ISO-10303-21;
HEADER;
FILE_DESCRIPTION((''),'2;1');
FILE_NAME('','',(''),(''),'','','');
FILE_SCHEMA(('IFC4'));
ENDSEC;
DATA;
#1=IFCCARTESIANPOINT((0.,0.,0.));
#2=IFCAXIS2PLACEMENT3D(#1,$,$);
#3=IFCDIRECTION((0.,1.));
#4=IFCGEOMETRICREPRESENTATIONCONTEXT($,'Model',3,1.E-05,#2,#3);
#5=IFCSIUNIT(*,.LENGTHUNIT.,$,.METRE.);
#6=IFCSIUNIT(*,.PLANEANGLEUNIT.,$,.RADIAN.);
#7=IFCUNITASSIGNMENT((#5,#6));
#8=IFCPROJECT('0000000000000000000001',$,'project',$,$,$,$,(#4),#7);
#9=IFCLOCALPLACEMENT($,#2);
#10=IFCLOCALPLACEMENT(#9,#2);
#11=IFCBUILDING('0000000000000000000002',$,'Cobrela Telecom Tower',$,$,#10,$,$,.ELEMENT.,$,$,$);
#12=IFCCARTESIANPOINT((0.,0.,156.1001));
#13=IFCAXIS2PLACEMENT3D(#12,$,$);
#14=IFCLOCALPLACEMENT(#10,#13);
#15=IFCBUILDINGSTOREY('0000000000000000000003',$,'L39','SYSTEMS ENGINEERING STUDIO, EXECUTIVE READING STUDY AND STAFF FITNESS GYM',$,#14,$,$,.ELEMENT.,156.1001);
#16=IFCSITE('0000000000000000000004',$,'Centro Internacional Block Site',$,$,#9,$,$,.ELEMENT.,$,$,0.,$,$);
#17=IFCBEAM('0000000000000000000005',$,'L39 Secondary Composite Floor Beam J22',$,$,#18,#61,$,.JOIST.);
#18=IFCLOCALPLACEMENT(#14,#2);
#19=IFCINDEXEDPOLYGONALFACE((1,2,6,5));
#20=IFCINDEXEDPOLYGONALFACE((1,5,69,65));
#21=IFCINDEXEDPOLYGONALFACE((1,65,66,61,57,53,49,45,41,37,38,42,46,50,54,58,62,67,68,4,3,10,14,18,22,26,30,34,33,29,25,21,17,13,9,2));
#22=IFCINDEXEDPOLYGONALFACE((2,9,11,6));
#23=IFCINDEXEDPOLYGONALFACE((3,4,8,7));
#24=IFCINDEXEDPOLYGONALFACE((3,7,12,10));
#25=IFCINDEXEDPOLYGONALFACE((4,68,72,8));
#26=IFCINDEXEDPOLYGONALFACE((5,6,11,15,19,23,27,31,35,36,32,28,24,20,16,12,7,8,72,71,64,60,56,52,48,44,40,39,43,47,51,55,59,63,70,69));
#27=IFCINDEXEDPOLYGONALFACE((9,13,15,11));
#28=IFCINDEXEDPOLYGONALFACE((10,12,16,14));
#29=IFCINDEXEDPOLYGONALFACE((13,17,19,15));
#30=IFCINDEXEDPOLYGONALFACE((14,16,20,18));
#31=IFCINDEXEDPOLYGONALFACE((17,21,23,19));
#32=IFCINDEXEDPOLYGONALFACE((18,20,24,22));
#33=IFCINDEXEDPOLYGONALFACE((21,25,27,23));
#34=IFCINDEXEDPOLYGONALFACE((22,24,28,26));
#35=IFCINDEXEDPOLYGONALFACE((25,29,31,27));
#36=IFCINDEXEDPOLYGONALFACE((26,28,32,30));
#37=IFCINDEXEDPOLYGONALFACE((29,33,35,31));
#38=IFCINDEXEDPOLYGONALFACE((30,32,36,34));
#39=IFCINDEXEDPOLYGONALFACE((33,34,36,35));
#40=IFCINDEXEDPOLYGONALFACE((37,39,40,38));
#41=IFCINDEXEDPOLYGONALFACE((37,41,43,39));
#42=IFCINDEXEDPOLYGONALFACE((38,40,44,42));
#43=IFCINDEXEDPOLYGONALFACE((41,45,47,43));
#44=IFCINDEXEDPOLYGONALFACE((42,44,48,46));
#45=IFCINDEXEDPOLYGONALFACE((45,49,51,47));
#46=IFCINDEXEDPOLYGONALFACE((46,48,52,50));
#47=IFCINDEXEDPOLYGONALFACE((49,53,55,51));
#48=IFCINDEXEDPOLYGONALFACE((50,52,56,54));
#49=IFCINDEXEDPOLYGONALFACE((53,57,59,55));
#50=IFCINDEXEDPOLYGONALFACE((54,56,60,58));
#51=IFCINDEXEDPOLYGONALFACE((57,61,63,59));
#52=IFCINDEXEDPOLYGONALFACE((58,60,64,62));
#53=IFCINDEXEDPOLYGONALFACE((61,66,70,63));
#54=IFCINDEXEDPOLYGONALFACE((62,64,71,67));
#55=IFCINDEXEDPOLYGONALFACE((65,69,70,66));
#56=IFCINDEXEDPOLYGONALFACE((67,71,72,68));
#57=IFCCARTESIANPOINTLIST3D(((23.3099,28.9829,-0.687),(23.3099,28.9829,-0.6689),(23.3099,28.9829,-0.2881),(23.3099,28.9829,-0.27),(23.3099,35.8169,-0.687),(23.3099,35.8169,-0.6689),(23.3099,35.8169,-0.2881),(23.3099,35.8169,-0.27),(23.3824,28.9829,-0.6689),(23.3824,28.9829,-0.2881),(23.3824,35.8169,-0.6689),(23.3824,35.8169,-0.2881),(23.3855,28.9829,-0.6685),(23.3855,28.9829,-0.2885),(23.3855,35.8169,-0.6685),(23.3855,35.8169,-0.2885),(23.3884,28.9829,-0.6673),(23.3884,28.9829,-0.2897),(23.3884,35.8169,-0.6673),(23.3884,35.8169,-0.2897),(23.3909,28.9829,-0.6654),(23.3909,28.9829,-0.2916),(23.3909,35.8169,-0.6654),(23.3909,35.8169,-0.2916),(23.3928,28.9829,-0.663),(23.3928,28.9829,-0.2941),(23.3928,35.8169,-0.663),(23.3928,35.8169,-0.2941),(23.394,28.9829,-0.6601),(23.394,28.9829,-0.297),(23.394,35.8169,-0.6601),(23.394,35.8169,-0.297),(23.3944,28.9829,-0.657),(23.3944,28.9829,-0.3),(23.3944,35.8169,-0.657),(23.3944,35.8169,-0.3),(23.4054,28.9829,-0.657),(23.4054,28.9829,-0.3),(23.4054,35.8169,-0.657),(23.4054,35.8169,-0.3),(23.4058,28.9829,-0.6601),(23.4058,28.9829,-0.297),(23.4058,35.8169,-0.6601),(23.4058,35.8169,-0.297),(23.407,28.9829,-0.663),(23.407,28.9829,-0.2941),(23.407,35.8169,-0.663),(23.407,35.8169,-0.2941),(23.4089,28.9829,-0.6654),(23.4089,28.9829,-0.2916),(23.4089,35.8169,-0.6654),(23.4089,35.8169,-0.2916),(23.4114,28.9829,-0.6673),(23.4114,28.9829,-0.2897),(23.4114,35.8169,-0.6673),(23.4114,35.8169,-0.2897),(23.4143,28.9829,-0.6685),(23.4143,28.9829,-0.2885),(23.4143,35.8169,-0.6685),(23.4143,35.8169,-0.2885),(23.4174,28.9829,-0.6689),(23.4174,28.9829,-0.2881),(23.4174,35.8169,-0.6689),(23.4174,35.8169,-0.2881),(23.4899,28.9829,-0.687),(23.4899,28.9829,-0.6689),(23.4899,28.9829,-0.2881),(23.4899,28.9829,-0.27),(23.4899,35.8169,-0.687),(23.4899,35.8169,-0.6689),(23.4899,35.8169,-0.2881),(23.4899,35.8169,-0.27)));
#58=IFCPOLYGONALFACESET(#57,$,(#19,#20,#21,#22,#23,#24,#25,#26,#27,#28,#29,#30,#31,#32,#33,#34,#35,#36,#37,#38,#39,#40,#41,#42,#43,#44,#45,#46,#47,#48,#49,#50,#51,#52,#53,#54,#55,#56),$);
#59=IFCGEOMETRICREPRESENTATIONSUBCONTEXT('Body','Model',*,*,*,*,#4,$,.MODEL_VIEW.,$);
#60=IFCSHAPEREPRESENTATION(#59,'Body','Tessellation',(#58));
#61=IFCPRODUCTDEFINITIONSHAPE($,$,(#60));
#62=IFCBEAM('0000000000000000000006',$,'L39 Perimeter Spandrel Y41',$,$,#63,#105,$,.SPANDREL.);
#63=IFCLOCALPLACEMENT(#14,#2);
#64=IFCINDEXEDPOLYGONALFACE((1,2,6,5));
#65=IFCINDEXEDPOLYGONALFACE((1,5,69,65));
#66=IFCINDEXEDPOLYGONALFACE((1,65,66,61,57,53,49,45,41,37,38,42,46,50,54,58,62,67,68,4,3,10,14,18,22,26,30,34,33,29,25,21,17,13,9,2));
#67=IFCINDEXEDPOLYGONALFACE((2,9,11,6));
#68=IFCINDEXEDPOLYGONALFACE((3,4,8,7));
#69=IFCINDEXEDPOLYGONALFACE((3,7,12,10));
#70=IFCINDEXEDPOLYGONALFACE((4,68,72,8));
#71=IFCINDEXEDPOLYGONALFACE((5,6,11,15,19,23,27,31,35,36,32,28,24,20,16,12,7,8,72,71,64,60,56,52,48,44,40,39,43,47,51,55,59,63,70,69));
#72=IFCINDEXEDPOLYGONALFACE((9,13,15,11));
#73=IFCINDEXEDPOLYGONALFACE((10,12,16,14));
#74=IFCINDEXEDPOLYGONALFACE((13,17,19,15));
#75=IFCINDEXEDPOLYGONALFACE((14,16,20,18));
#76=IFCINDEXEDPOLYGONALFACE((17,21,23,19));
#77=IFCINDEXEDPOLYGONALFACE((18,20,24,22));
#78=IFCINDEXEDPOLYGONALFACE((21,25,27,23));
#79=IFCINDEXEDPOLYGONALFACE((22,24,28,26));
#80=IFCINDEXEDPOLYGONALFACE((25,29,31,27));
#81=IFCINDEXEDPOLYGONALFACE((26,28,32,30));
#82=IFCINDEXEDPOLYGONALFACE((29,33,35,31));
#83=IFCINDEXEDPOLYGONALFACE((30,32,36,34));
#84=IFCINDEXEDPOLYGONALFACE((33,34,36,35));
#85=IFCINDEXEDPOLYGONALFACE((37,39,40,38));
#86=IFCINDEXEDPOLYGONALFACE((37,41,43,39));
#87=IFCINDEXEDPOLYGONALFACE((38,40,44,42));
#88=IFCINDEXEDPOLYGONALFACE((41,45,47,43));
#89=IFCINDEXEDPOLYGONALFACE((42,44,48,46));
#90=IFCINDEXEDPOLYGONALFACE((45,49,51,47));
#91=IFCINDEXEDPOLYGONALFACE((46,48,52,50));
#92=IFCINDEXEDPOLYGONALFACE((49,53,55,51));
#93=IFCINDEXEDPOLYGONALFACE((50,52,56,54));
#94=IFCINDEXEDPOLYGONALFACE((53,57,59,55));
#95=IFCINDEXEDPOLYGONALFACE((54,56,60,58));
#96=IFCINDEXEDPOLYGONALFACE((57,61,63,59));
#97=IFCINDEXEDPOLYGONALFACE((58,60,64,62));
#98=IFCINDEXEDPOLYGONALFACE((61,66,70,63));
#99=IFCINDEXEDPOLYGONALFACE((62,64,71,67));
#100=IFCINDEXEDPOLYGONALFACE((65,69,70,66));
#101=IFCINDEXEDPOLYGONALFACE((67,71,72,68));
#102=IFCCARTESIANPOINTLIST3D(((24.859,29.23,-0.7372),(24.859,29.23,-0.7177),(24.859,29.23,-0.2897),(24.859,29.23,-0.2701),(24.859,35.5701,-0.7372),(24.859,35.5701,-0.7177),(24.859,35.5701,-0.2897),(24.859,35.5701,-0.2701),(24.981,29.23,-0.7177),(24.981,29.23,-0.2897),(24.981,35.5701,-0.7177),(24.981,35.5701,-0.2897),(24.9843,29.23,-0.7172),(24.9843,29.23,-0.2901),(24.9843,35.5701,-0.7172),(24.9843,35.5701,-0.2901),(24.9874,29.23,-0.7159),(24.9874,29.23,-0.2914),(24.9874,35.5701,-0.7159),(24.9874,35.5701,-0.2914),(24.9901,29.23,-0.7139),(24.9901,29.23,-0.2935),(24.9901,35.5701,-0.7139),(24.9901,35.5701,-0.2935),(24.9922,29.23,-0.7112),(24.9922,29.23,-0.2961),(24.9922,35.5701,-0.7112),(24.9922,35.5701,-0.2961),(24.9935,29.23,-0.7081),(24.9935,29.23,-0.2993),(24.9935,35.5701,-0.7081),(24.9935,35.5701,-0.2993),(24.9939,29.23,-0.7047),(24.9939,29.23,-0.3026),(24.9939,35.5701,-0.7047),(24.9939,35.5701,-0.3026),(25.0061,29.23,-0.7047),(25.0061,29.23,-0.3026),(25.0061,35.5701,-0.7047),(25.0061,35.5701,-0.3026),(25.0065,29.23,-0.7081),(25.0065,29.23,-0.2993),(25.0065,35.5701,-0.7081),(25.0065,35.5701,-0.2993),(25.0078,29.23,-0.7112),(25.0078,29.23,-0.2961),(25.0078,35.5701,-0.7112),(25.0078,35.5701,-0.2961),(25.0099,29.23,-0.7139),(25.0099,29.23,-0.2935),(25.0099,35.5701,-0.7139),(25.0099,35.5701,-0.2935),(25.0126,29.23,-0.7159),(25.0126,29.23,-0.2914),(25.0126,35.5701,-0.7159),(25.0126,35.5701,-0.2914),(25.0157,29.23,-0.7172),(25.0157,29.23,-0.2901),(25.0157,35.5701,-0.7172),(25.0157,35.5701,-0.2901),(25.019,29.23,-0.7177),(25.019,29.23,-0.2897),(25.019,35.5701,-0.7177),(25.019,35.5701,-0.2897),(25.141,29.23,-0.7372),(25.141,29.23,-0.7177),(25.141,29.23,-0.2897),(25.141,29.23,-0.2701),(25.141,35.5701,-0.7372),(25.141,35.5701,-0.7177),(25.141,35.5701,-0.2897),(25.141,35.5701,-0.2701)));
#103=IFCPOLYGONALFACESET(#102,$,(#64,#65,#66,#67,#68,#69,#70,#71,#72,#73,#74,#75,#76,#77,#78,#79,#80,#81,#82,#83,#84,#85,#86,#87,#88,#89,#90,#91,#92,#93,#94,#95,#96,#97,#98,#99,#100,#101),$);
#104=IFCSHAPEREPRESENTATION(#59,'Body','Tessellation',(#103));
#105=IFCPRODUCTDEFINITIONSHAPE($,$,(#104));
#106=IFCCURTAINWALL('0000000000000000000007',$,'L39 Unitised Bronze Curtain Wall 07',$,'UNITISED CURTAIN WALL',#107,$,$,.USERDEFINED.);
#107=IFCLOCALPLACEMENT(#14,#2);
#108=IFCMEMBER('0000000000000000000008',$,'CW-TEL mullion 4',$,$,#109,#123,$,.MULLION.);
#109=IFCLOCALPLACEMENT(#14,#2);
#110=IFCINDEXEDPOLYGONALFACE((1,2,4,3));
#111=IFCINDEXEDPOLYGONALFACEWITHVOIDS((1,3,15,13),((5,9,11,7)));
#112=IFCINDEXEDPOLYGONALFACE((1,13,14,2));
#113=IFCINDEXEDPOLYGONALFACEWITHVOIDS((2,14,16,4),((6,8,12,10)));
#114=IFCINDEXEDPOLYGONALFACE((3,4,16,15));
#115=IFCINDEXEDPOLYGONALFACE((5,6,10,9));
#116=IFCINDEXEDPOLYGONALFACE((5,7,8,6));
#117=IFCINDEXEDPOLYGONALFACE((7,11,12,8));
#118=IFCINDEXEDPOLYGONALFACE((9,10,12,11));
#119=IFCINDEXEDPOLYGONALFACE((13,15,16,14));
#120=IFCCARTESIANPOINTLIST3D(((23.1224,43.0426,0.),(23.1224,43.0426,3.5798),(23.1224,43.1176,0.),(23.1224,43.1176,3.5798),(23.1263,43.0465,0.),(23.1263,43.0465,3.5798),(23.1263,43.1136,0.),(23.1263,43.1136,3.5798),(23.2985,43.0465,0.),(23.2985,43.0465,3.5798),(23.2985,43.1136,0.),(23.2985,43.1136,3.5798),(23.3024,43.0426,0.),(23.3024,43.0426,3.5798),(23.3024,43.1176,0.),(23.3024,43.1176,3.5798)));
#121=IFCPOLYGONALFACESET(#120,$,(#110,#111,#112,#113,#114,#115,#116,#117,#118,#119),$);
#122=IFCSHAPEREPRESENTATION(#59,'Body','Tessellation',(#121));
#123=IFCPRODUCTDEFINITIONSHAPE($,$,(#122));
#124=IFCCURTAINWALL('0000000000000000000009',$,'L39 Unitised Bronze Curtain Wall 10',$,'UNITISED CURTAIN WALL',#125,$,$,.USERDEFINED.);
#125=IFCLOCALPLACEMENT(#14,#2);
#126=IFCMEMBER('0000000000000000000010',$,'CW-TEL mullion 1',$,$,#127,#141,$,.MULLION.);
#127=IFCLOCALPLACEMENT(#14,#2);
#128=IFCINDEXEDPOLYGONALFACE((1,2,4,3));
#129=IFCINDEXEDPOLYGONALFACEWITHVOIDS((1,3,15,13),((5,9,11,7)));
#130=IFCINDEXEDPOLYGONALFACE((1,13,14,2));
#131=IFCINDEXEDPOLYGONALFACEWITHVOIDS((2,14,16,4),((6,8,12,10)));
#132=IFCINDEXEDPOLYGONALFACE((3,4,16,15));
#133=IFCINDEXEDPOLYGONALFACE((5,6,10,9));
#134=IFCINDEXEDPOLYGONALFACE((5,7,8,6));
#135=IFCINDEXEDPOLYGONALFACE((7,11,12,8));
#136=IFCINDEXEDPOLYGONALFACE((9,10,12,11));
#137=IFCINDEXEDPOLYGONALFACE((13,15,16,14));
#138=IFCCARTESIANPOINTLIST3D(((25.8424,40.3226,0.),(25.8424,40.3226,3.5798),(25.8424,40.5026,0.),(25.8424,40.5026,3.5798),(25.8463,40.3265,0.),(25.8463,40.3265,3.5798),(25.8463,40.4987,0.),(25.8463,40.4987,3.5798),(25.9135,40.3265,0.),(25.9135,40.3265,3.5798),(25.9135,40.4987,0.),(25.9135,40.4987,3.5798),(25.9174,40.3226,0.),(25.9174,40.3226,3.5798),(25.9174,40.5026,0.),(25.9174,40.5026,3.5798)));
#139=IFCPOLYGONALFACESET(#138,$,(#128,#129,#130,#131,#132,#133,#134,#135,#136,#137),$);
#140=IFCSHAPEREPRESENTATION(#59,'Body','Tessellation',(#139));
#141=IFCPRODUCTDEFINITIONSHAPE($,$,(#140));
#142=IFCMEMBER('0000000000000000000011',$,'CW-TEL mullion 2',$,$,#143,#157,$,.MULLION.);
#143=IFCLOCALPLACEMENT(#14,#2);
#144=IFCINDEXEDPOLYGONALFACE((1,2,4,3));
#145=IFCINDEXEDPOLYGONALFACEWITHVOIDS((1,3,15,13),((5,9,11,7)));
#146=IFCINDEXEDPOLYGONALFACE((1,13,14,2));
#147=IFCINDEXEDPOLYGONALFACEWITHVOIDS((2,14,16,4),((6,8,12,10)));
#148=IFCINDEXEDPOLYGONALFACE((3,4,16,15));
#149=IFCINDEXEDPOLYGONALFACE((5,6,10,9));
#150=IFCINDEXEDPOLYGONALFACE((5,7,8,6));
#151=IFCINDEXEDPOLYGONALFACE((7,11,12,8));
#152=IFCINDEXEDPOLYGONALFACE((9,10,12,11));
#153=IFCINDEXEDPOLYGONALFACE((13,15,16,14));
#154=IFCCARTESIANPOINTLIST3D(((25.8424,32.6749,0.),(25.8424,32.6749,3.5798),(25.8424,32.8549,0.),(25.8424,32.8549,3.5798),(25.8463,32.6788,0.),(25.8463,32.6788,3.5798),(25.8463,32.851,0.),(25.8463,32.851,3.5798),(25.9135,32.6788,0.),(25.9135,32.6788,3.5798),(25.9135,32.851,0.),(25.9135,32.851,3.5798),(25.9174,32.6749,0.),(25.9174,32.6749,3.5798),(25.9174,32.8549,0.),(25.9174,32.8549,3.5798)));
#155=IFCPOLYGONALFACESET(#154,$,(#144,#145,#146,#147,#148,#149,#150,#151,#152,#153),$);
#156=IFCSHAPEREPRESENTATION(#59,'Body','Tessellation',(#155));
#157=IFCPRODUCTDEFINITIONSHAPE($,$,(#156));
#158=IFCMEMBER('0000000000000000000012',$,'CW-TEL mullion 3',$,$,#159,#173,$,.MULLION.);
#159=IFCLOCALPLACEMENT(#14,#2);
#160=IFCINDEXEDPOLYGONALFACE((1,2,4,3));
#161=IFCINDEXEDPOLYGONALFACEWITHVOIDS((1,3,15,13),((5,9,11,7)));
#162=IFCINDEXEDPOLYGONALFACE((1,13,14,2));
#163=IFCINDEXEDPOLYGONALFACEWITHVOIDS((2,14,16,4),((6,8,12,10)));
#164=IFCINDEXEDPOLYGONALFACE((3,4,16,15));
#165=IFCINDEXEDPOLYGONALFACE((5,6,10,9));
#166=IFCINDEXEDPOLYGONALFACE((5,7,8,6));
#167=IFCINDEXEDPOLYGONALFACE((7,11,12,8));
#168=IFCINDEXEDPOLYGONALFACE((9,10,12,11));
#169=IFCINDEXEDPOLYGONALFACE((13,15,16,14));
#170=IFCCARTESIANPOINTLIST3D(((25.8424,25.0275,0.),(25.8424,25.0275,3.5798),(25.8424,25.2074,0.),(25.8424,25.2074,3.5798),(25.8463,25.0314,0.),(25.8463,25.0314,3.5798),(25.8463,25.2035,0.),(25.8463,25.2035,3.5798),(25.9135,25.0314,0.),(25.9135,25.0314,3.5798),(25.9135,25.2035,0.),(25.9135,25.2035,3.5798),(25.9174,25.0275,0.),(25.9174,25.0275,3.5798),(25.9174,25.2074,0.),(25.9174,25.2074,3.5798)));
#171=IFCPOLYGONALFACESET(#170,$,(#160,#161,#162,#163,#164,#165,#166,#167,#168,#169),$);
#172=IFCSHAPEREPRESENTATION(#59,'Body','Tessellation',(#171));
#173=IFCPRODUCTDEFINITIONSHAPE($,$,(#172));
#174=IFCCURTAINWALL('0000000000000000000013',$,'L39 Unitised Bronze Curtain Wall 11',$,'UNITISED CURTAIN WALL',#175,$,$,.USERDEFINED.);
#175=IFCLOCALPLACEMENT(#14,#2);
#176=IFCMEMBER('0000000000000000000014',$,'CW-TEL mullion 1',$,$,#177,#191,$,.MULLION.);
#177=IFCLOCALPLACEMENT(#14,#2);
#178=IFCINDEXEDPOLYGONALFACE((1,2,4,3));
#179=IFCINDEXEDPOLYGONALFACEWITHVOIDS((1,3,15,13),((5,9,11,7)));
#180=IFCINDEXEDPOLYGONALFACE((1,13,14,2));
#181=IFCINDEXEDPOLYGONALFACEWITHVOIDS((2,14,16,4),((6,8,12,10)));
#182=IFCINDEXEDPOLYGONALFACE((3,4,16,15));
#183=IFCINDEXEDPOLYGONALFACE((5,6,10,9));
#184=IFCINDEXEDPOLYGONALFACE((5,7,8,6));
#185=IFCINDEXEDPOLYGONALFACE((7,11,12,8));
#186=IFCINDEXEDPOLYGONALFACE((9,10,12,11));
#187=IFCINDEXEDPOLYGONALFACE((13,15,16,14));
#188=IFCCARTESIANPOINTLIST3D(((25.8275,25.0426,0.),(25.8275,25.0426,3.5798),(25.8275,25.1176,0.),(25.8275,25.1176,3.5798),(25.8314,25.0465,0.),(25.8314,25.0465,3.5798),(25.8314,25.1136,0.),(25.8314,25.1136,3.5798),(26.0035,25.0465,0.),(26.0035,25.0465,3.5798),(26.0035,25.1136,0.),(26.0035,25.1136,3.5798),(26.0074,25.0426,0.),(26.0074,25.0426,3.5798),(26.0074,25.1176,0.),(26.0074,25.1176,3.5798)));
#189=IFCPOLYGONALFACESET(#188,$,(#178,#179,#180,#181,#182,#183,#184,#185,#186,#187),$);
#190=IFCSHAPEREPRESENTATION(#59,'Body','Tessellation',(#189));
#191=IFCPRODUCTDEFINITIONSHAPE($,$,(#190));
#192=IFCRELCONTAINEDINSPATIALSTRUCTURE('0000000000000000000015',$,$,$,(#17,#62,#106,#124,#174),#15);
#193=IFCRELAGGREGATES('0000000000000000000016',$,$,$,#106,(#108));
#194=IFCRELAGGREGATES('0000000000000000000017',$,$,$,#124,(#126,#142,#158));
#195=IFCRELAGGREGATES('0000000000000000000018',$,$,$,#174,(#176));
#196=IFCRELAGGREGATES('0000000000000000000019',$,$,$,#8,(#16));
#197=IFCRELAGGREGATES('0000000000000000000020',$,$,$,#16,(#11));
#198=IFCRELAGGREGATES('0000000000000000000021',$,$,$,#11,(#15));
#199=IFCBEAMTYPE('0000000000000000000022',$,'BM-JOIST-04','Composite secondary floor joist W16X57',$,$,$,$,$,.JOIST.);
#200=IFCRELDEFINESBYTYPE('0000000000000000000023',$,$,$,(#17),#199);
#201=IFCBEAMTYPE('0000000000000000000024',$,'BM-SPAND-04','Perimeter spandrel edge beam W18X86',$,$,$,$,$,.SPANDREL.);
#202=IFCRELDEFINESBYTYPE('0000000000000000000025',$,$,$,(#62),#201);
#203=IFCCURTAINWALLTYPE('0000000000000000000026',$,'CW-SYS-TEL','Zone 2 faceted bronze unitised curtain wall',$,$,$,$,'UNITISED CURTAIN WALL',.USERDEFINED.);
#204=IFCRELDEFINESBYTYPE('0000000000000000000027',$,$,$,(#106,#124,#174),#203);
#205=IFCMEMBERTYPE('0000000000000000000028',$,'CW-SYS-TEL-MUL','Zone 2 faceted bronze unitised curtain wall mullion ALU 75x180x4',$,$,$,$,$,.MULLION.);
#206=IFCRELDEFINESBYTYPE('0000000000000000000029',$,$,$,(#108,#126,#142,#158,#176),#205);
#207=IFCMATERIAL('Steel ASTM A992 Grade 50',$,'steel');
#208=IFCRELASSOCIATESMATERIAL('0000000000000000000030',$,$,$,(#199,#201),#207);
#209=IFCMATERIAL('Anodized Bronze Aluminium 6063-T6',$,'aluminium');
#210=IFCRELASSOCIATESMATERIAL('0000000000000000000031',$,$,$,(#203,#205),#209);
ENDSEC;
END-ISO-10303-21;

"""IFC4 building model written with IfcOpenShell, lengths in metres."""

from ifc_helpers import new_model, si_unit, direction, frame, origin, origin_2d, place, context, subcontext, project, spatial, hollow_rectangle, i_section, extrude, material, material_profile, profile_set, type_object, element, aggregate, save


model = new_model("IFC4")

# Units and contexts
model_context = context("Model", 3, precision=1e-05, world=origin(), true_north=direction((0.0, 1.0)))
body_context = subcontext(model_context, "Body", "Model", "MODEL_VIEW")
ifc_project = project(units=[si_unit("LENGTHUNIT", "METRE"), si_unit("PLANEANGLEUNIT", "RADIAN")], contexts=[model_context])

# Site, building, storey
site_placement = place(None, origin())
site = spatial("IfcSite", under=ifc_project, at=site_placement, Name="Centro Internacional Block Site", CompositionType="ELEMENT", RefElevation=0.0)
building_placement = place(site_placement, origin())
building = spatial("IfcBuilding", under=site, at=building_placement, Name="Cobrela Telecom Tower", CompositionType="ELEMENT")
storey_placement = place(building_placement, frame((0.0, 0.0, 156.1001)))
storey = spatial("IfcBuildingStorey", under=building, at=storey_placement, Name="L39", Description="SYSTEMS ENGINEERING STUDIO, EXECUTIVE READING STUDY AND STAFF FITNESS GYM", CompositionType="ELEMENT", Elevation=156.1001)

# Shared definitions
ifc_material_1 = material(Name="Steel ASTM A992 Grade 50", Category="steel")

# Beams
ifc_material_profile_1 = material_profile(ifc_material_1, i_section(OverallWidth=0.1799, OverallDepth=0.417, WebThickness=0.011, FlangeThickness=0.0181, FilletRadius=0.012, at=origin_2d()), Name="W16X57")
ifc_profile_set_1 = profile_set([ifc_material_profile_1], Name="Steel ASTM A992 Grade 50")
beam_type_1 = type_object("IfcBeamType", Name="BM-JOIST-04", Description="Composite secondary floor joist W16X57", PredefinedType="JOIST", material=ifc_profile_set_1)
beam_1_placement = place(storey_placement, frame((23.3999, 28.9829, -0.4785), z_axis=(0.0, 1.0, 0.0), x_axis=(-1.0, 0.0, 0.0)))
element("IfcBeam", 1, at=beam_1_placement, inside=storey, type_object=beam_type_1, Name="L39 Secondary Composite Floor Beam J22", PredefinedType="JOIST", context=body_context, shape_type="SweptSolid", body=[
    extrude(i_section(OverallWidth=0.1799, OverallDepth=0.417, WebThickness=0.011, FlangeThickness=0.0181, FilletRadius=0.012, at=origin_2d()), origin(), (0.0, 0.0, 1.0), 6.834),
])
ifc_material_profile_2 = material_profile(ifc_material_1, i_section(OverallWidth=0.282, OverallDepth=0.467, WebThickness=0.0122, FlangeThickness=0.0195, FilletRadius=0.0129, at=origin_2d()), Name="W18X86")
ifc_profile_set_2 = profile_set([ifc_material_profile_2], Name="Steel ASTM A992 Grade 50")
beam_type_2 = type_object("IfcBeamType", Name="BM-SPAND-04", Description="Perimeter spandrel edge beam W18X86", PredefinedType="SPANDREL", material=ifc_profile_set_2)
beam_2_placement = place(storey_placement, frame((25.0, 29.23, -0.5037), z_axis=(0.0, 1.0, 0.0), x_axis=(-1.0, 0.0, 0.0)))
element("IfcBeam", 2, at=beam_2_placement, inside=storey, type_object=beam_type_2, Name="L39 Perimeter Spandrel Y41", PredefinedType="SPANDREL", context=body_context, shape_type="SweptSolid", body=[
    extrude(i_section(OverallWidth=0.282, OverallDepth=0.467, WebThickness=0.0122, FlangeThickness=0.0195, FilletRadius=0.0129, at=origin_2d()), origin(), (0.0, 0.0, 1.0), 6.3401),
])

# Curtain wall, member
ifc_material_2 = material(Name="Anodized Bronze Aluminium 6063-T6", Category="aluminium")
curtain_wall_type = type_object("IfcCurtainWallType", Name="CW-SYS-TEL", Description="Zone 2 faceted bronze unitised curtain wall", ElementType="UNITISED CURTAIN WALL", PredefinedType="USERDEFINED", material=ifc_material_2)
curtain_wall_1_placement = place(storey_placement, origin())
curtain_wall_1 = element("IfcCurtainWall", 3, at=curtain_wall_1_placement, inside=storey, type_object=curtain_wall_type, Name="L39 Unitised Bronze Curtain Wall 07", ObjectType="UNITISED CURTAIN WALL", PredefinedType="USERDEFINED")
ifc_material_profile_3 = material_profile(ifc_material_2, hollow_rectangle(XDim=0.075, YDim=0.1799, WallThickness=0.0039, at=origin_2d()), Name="ALU 75x180x4")
ifc_profile_set_3 = profile_set([ifc_material_profile_3], Name="Anodized Bronze Aluminium 6063-T6")
member_type_1 = type_object("IfcMemberType", Name="CW-SYS-TEL-MUL", Description="Zone 2 faceted bronze unitised curtain wall mullion ALU 75x180x4", PredefinedType="MULLION", material=ifc_profile_set_3)
member_1_placement = place(storey_placement, frame((23.2124, 43.0801, 0.0), z_axis=(0.0, 0.0, 1.0), x_axis=(0.0, 1.0, 0.0)))
member_1 = element("IfcMember", 4, at=member_1_placement, type_object=member_type_1, Name="CW-TEL mullion 4", PredefinedType="MULLION", context=body_context, shape_type="SweptSolid", body=[
    extrude(hollow_rectangle(XDim=0.075, YDim=0.1799, WallThickness=0.0039, at=origin_2d()), origin(), (0.0, 0.0, 1.0), 3.5798),
])

# Curtain walls, members
curtain_wall_2_placement = place(storey_placement, origin())
curtain_wall_2 = element("IfcCurtainWall", 5, at=curtain_wall_2_placement, inside=storey, type_object=curtain_wall_type, Name="L39 Unitised Bronze Curtain Wall 10", ObjectType="UNITISED CURTAIN WALL", PredefinedType="USERDEFINED")
member_2_placement = place(storey_placement, frame((25.8799, 40.4126, 0.0), z_axis=(0.0, 0.0, 1.0), x_axis=(1.0, 0.0, 0.0)))
member_2 = element("IfcMember", 6, at=member_2_placement, type_object=member_type_1, Name="CW-TEL mullion 1", PredefinedType="MULLION", context=body_context, shape_type="SweptSolid", body=[
    extrude(hollow_rectangle(XDim=0.075, YDim=0.1799, WallThickness=0.0039, at=origin_2d()), origin(), (0.0, 0.0, 1.0), 3.5798),
])
member_3_placement = place(storey_placement, frame((25.8799, 32.7649, 0.0), z_axis=(0.0, 0.0, 1.0), x_axis=(1.0, 0.0, 0.0)))
member_3 = element("IfcMember", 7, at=member_3_placement, type_object=member_type_1, Name="CW-TEL mullion 2", PredefinedType="MULLION", context=body_context, shape_type="SweptSolid", body=[
    extrude(hollow_rectangle(XDim=0.075, YDim=0.1799, WallThickness=0.0039, at=origin_2d()), origin(), (0.0, 0.0, 1.0), 3.5798),
])
member_4_placement = place(storey_placement, frame((25.8799, 25.1174, 0.0), z_axis=(0.0, 0.0, 1.0), x_axis=(1.0, 0.0, 0.0)))
member_4 = element("IfcMember", 8, at=member_4_placement, type_object=member_type_1, Name="CW-TEL mullion 3", PredefinedType="MULLION", context=body_context, shape_type="SweptSolid", body=[
    extrude(hollow_rectangle(XDim=0.075, YDim=0.1799, WallThickness=0.0039, at=origin_2d()), origin(), (0.0, 0.0, 1.0), 3.5798),
])
curtain_wall_3_placement = place(storey_placement, origin())
curtain_wall_3 = element("IfcCurtainWall", 9, at=curtain_wall_3_placement, inside=storey, type_object=curtain_wall_type, Name="L39 Unitised Bronze Curtain Wall 11", ObjectType="UNITISED CURTAIN WALL", PredefinedType="USERDEFINED")
member_5_placement = place(storey_placement, frame((25.9175, 25.0801, 0.0), z_axis=(0.0, 0.0, 1.0), x_axis=(0.0, 1.0, 0.0)))
member_5 = element("IfcMember", 10, at=member_5_placement, type_object=member_type_1, Name="CW-TEL mullion 1", PredefinedType="MULLION", context=body_context, shape_type="SweptSolid", body=[
    extrude(hollow_rectangle(XDim=0.075, YDim=0.1799, WallThickness=0.0039, at=origin_2d()), origin(), (0.0, 0.0, 1.0), 3.5798),
])

aggregate(curtain_wall_1, [member_1])
aggregate(curtain_wall_2, [member_2, member_3, member_4])
aggregate(curtain_wall_3, [member_5])

save(model, "model.ifc")
